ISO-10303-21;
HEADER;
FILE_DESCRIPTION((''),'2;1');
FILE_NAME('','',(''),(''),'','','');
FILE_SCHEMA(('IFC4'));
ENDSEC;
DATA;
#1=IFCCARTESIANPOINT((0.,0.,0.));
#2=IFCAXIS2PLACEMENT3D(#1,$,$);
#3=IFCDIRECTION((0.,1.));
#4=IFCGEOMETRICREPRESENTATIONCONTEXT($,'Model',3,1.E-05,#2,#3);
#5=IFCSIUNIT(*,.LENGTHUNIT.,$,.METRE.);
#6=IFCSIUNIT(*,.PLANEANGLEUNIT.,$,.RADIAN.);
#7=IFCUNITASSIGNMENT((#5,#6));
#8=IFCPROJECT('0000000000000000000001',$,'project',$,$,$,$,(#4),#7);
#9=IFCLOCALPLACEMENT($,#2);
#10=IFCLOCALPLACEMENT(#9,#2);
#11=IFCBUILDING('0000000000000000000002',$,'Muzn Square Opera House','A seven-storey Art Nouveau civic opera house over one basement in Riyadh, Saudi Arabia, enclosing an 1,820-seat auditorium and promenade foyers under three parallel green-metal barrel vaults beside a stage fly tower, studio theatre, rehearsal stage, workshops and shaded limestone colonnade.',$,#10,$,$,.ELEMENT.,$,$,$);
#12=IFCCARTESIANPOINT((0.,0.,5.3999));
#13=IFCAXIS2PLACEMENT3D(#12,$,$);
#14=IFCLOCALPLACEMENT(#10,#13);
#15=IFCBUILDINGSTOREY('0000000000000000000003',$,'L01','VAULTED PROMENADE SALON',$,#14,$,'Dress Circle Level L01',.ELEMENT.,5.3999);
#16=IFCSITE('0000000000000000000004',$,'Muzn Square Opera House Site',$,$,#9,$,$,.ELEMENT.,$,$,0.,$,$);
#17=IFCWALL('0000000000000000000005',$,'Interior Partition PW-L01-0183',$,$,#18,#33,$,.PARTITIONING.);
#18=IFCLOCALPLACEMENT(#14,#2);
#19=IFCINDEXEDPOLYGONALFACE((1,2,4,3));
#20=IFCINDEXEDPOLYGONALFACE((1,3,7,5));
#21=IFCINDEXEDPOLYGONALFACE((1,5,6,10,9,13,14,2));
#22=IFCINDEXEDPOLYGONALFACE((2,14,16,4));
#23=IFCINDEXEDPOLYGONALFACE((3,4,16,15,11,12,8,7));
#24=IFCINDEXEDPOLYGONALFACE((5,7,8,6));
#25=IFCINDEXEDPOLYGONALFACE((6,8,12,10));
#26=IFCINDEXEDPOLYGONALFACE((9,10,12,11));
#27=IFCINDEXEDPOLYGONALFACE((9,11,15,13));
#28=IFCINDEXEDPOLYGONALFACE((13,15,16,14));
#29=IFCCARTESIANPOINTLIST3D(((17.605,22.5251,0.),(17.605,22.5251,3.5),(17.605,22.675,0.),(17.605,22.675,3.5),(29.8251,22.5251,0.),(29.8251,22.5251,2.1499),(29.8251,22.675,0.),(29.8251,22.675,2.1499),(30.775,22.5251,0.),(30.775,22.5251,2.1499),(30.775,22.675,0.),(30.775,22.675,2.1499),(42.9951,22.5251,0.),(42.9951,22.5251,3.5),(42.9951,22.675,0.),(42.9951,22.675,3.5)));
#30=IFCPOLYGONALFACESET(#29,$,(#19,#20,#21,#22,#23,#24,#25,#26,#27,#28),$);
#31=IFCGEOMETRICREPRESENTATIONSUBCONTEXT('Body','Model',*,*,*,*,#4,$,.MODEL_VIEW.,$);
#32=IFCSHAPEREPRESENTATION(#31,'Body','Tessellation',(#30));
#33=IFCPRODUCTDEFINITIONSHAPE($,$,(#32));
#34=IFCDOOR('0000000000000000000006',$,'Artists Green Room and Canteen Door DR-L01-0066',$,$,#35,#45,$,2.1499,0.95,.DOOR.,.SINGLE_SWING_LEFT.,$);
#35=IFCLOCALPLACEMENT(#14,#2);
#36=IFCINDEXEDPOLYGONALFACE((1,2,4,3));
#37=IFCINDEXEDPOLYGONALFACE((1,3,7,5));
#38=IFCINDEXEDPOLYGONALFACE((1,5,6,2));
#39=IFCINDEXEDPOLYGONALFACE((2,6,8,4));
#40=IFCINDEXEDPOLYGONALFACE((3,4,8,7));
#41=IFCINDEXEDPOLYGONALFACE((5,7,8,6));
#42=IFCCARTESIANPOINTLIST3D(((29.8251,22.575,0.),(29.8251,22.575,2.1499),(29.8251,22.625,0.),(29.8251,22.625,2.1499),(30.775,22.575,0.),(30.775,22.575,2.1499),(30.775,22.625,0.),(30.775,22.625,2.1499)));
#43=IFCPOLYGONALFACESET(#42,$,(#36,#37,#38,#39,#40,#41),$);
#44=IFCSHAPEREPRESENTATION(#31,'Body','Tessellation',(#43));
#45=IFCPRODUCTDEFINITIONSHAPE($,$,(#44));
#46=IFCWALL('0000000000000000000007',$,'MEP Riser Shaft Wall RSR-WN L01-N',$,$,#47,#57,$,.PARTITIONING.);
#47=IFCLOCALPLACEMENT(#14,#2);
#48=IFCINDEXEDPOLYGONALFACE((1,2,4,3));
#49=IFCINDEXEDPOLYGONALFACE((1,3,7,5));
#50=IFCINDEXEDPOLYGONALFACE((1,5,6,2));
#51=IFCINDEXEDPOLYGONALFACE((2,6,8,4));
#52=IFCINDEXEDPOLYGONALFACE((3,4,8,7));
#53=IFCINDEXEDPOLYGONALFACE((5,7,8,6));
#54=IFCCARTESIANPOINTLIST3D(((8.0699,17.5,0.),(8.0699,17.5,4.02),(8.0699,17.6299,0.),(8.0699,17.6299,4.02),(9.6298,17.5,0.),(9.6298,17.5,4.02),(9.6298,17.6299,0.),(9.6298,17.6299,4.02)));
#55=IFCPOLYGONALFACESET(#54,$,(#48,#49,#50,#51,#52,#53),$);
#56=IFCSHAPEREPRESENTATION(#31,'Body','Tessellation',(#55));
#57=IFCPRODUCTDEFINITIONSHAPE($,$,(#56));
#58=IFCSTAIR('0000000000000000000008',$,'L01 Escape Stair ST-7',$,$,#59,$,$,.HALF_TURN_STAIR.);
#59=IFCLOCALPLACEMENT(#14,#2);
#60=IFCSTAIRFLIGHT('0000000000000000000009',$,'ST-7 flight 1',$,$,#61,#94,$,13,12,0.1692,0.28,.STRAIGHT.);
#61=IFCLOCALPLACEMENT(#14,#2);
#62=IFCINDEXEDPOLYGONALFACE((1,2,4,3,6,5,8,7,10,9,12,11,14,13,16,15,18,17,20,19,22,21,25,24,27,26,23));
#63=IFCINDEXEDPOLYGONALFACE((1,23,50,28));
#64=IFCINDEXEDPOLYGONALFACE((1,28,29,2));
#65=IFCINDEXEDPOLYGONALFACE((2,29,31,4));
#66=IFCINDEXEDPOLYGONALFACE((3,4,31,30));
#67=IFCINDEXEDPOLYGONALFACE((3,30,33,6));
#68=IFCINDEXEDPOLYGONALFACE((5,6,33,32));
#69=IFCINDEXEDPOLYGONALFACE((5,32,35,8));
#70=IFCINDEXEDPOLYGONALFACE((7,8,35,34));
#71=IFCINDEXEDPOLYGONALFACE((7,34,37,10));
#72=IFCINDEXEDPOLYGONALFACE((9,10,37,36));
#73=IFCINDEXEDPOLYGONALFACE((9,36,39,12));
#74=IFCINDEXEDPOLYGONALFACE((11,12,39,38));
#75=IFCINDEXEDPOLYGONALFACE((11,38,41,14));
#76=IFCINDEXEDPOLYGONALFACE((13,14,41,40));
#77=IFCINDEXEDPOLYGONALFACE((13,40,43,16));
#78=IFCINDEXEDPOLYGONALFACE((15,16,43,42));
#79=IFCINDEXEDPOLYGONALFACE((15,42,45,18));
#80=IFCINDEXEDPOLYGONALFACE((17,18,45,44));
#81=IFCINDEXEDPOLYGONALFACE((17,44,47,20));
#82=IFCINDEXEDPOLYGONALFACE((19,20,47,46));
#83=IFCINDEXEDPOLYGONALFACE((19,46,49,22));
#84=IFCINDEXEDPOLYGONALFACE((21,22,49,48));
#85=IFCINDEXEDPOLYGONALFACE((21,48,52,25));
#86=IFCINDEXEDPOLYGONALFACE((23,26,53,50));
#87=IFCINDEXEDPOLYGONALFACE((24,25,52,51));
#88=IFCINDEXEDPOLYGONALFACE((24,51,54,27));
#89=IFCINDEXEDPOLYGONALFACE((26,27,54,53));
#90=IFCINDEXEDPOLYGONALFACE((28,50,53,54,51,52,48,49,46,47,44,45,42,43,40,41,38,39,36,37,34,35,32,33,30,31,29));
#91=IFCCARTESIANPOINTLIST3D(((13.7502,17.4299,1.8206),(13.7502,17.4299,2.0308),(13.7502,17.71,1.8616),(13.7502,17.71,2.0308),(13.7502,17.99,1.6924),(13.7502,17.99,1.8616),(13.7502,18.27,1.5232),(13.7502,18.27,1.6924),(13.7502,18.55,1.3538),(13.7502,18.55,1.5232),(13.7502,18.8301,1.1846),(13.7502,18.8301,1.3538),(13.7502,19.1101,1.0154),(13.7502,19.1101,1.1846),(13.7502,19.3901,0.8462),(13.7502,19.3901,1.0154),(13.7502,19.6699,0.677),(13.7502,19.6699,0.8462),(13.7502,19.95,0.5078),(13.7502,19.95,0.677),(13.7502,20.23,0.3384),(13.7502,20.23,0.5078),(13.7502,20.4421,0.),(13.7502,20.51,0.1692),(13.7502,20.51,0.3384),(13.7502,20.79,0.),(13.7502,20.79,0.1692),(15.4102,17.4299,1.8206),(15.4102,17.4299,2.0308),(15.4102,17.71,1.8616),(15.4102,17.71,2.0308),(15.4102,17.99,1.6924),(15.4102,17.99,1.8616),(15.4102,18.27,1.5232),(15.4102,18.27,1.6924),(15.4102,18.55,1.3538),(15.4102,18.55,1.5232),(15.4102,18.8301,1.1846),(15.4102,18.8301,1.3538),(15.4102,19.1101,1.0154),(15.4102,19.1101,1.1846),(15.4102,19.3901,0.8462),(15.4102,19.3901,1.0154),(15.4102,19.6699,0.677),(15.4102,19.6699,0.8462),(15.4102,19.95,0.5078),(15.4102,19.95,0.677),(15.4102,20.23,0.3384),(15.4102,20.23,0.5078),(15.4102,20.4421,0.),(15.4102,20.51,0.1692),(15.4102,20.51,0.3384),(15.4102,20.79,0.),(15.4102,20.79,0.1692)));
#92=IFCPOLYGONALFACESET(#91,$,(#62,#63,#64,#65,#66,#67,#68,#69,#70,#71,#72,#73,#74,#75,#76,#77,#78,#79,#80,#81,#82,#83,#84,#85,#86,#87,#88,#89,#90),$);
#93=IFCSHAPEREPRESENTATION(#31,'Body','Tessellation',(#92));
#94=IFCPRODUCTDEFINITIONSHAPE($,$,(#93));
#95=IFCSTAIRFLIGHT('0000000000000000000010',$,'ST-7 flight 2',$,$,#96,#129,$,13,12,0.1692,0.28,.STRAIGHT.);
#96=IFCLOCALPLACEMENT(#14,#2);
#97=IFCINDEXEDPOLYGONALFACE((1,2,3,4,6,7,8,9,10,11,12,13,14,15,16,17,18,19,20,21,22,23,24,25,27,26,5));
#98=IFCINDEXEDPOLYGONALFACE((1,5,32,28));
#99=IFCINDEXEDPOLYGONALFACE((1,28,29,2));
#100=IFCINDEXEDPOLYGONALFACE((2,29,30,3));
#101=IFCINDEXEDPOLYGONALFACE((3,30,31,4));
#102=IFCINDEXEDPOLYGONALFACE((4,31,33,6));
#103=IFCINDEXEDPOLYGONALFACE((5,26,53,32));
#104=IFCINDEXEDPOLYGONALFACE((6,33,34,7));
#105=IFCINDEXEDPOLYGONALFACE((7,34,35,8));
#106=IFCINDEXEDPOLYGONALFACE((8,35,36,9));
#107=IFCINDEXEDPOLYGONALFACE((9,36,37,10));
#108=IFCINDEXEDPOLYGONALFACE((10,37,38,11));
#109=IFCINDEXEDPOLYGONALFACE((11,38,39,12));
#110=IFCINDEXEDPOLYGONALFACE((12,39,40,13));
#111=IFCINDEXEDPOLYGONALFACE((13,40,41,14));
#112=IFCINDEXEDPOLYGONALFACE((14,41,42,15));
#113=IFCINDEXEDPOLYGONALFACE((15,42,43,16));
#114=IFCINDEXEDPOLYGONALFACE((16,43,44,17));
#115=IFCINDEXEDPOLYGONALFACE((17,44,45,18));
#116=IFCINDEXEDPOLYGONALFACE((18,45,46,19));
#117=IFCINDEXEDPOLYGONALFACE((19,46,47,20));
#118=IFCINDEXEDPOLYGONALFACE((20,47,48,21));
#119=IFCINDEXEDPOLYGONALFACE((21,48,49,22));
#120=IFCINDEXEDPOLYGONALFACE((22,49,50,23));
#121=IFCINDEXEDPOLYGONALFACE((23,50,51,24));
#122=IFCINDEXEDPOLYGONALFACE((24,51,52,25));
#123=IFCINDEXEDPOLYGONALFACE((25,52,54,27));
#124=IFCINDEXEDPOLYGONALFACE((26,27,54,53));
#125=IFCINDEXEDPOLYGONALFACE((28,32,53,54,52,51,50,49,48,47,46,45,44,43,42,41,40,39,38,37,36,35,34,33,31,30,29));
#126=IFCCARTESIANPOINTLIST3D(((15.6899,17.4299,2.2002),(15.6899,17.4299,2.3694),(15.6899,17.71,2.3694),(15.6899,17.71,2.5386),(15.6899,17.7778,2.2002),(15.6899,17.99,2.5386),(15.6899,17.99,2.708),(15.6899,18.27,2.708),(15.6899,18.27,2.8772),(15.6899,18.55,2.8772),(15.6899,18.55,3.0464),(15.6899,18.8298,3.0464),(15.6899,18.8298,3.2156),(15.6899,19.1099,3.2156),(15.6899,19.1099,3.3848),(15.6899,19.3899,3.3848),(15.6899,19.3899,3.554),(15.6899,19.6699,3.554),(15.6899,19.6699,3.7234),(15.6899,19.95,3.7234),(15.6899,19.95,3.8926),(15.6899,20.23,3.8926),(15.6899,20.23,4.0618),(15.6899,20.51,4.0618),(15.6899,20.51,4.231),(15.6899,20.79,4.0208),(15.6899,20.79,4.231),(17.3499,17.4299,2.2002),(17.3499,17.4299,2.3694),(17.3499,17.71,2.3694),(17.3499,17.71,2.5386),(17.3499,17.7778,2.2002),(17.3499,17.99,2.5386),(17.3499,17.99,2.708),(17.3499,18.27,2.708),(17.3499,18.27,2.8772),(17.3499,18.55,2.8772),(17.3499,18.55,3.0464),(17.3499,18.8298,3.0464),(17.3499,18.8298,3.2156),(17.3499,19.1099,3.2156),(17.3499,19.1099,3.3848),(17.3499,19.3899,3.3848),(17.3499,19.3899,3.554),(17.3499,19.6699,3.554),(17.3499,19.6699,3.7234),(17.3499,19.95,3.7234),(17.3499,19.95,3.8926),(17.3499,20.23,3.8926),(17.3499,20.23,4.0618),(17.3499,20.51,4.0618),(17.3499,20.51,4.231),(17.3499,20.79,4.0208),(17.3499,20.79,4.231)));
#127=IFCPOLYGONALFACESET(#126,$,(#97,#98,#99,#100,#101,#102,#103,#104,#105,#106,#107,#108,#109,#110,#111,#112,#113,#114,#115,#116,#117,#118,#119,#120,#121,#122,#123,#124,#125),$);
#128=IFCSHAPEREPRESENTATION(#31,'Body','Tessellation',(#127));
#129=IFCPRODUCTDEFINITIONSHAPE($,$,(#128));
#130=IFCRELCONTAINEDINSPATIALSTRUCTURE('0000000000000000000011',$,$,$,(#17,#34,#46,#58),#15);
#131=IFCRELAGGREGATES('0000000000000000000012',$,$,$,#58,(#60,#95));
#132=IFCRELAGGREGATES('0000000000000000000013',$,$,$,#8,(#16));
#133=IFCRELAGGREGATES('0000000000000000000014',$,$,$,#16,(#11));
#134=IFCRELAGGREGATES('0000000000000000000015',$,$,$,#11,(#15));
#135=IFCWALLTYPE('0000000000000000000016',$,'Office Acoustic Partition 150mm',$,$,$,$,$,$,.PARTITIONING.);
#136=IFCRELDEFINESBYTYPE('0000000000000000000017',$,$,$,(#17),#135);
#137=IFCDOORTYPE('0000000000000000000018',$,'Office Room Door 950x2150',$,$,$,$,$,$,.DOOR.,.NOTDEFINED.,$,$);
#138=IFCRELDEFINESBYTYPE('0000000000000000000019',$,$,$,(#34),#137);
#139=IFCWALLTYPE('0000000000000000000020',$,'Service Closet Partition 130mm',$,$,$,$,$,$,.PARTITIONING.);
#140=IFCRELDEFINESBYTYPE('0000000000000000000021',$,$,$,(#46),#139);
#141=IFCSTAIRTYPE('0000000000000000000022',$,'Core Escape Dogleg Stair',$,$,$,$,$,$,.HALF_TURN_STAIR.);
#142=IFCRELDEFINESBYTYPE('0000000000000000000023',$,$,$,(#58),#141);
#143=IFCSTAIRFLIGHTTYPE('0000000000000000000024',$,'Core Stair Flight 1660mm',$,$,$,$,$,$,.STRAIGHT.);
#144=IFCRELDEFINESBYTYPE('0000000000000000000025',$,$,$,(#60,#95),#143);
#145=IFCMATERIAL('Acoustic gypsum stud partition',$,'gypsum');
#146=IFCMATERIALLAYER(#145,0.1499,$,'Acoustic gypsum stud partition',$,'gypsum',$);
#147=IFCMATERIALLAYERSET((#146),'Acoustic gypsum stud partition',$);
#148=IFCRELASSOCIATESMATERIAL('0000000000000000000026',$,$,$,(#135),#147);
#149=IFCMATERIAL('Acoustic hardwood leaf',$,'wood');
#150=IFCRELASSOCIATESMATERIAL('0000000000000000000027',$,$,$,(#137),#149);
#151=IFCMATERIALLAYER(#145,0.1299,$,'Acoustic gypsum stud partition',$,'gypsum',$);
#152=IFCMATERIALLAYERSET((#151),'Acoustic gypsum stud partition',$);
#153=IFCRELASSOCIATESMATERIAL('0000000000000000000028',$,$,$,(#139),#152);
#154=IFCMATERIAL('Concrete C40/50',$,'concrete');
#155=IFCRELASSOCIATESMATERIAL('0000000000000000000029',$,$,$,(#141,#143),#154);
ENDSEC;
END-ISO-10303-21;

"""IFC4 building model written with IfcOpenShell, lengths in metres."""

from ifc_helpers import new_model, si_unit, direction, frame, frame_2d, origin, place, context, subcontext, project, spatial, polyline, rectangle, outline, extrude, material, layer, layer_set, type_object, element, fill, aggregate, save


model = new_model("IFC4")

# Units and contexts
model_context = context("Model", 3, precision=1e-05, world=origin(), true_north=direction((0.0, 1.0)))
body_context = subcontext(model_context, "Body", "Model", "MODEL_VIEW")
ifc_project = project(units=[si_unit("LENGTHUNIT", "METRE"), si_unit("PLANEANGLEUNIT", "RADIAN")], contexts=[model_context])

# Site, building, storey
site_placement = place(None, origin())
site = spatial("IfcSite", under=ifc_project, at=site_placement, Name="Muzn Square Opera House Site", CompositionType="ELEMENT", RefElevation=0.0)
building_placement = place(site_placement, origin())
building = spatial("IfcBuilding", under=site, at=building_placement, Name="Muzn Square Opera House", Description="A seven-storey Art Nouveau civic opera house over one basement in Riyadh, Saudi Arabia, enclosing an 1,820-seat auditorium and promenade foyers under three parallel green-metal barrel vaults beside a stage fly tower, studio theatre, rehearsal stage, workshops and shaded limestone colonnade.", CompositionType="ELEMENT")
storey_placement = place(building_placement, frame((0.0, 0.0, 5.3999)))
storey = spatial("IfcBuildingStorey", under=building, at=storey_placement, Name="L01", Description="VAULTED PROMENADE SALON", LongName="Dress Circle Level L01", CompositionType="ELEMENT", Elevation=5.3999)

# Shared definitions
ifc_material_1 = material(Name="Concrete C40/50", Category="concrete")

# Wall, opening, door
ifc_material_2 = material(Name="Acoustic gypsum stud partition", Category="gypsum")
ifc_layer_1 = layer(ifc_material_2, 0.1499, Name="Acoustic gypsum stud partition", Category="gypsum")
ifc_layer_set_1 = layer_set([ifc_layer_1], Name="Acoustic gypsum stud partition")
wall_type_1 = type_object("IfcWallType", Name="Office Acoustic Partition 150mm", PredefinedType="PARTITIONING", material=ifc_layer_set_1)
wall_1_placement = place(storey_placement, frame((17.605, 22.6001, 0.0), z_axis=(0.0, 0.0, 1.0), x_axis=(1.0, 0.0, 0.0)))
wall_1 = element("IfcWall", 1, at=wall_1_placement, inside=storey, type_object=wall_type_1, Name="Interior Partition PW-L01-0183", PredefinedType="PARTITIONING", context=body_context, shape_type="SweptSolid", body=[
    extrude(rectangle(XDim=25.3901, YDim=0.1499, at=frame_2d((12.6951, 0.0))), origin(), (0.0, 0.0, 1.0), 3.5),
])
opening_1_placement = place(wall_1_placement, frame((12.22, 0.0, 0.0)))
opening_1 = element("IfcOpeningElement", 2, at=opening_1_placement, cuts=wall_1, PredefinedType="OPENING", context=body_context, shape_type="SweptSolid", body=[
    extrude(rectangle(XDim=0.95, YDim=2.1499, at=frame_2d((0.4751, 1.075))), frame((0.0, 0.085, 0.0), z_axis=(0.0, -1.0, 0.0), x_axis=(1.0, 0.0, 0.0)), (0.0, 0.0, 1.0), 0.1699),
])
ifc_material_3 = material(Name="Acoustic hardwood leaf", Category="wood")
door_type_1 = type_object("IfcDoorType", Name="Office Room Door 950x2150", OperationType="NOTDEFINED", PredefinedType="DOOR", material=ifc_material_3)
door_1_placement = place(opening_1_placement, origin())
door_1 = element("IfcDoor", 3, at=door_1_placement, inside=storey, type_object=door_type_1, Name="Artists Green Room and Canteen Door DR-L01-0066", OperationType="SINGLE_SWING_LEFT", OverallHeight=2.1499, OverallWidth=0.95, PredefinedType="DOOR", context=body_context, shape_type="SweptSolid", body=[
    extrude(rectangle(XDim=0.95, YDim=2.1499, at=frame_2d((0.4751, 1.075))), frame((0.0, 0.0249, 0.0), z_axis=(0.0, -1.0, 0.0), x_axis=(1.0, 0.0, 0.0)), (0.0, 0.0, 1.0), 0.05),
])
fill(opening_1, door_1)

# Wall
ifc_layer_2 = layer(ifc_material_2, 0.1299, Name="Acoustic gypsum stud partition", Category="gypsum")
ifc_layer_set_2 = layer_set([ifc_layer_2], Name="Acoustic gypsum stud partition")
wall_type_2 = type_object("IfcWallType", Name="Service Closet Partition 130mm", PredefinedType="PARTITIONING", material=ifc_layer_set_2)
wall_2_placement = place(storey_placement, frame((8.0701, 17.5649, 0.0), z_axis=(0.0, 0.0, 1.0), x_axis=(1.0, 0.0, 0.0)))
element("IfcWall", 4, at=wall_2_placement, inside=storey, type_object=wall_type_2, Name="MEP Riser Shaft Wall RSR-WN L01-N", PredefinedType="PARTITIONING", context=body_context, shape_type="SweptSolid", body=[
    extrude(rectangle(XDim=1.5598, YDim=0.1299, at=frame_2d((0.7798, 0.0))), origin(), (0.0, 0.0, 1.0), 4.02),
])

# Stair, stair flights
stair_type = type_object("IfcStairType", Name="Core Escape Dogleg Stair", PredefinedType="HALF_TURN_STAIR", material=ifc_material_1)
stair_placement = place(storey_placement, origin())
stair = element("IfcStair", 5, at=stair_placement, inside=storey, type_object=stair_type, Name="L01 Escape Stair ST-7", PredefinedType="HALF_TURN_STAIR")
stair_flight_type = type_object("IfcStairFlightType", Name="Core Stair Flight 1660mm", PredefinedType="STRAIGHT", material=ifc_material_1)
stair_flight_1_placement = place(storey_placement, frame((14.5801, 20.79, 0.0), z_axis=(0.0, 0.0, 1.0), x_axis=(0.0, -1.0, 0.0)))
stair_flight_1 = element("IfcStairFlight", 6, at=stair_flight_1_placement, type_object=stair_flight_type, Name="ST-7 flight 1", NumberOfRisers=13, NumberOfTreads=12, PredefinedType="STRAIGHT", RiserHeight=0.1692, TreadLength=0.28, context=body_context, shape_type="SweptSolid", body=[
    extrude(outline(polyline([(0.0, 0.0), (0.0, 0.1692), (0.28, 0.1692), (0.28, 0.3384), (0.5601, 0.3384), (0.5601, 0.5078), (0.8401, 0.5078), (0.8401, 0.677), (1.1201, 0.677), (1.1201, 0.8462), (1.3999, 0.8462), (1.3999, 1.0154), (1.6799, 1.0154), (1.6799, 1.1846), (1.96, 1.1846), (1.96, 1.3538), (2.24, 1.3538), (2.24, 1.5232), (2.52, 1.5232), (2.52, 1.6924), (2.8, 1.6924), (2.8, 1.8616), (3.0801, 1.8616), (3.0801, 2.0308), (3.3601, 2.0308), (3.3601, 2.2), (3.3601, 1.8206), (0.3479, 0.0), (0.0, 0.0)])), frame((0.0, 0.8301, 0.0), z_axis=(0.0, -1.0, 0.0), x_axis=(1.0, 0.0, 0.0)), (0.0, 0.0, 1.0), 1.6599),
])
stair_flight_2_placement = place(storey_placement, frame((16.52, 17.4299, 2.2002), z_axis=(0.0, 0.0, 1.0), x_axis=(0.0, 1.0, 0.0)))
stair_flight_2 = element("IfcStairFlight", 7, at=stair_flight_2_placement, type_object=stair_flight_type, Name="ST-7 flight 2", NumberOfRisers=13, NumberOfTreads=12, PredefinedType="STRAIGHT", RiserHeight=0.1692, TreadLength=0.28, context=body_context, shape_type="SweptSolid", body=[
    extrude(outline(polyline([(0.0, 0.0), (0.0, 0.1692), (0.28, 0.1692), (0.28, 0.3384), (0.5601, 0.3384), (0.5601, 0.5078), (0.8401, 0.5078), (0.8401, 0.677), (1.1201, 0.677), (1.1201, 0.8462), (1.3999, 0.8462), (1.3999, 1.0154), (1.6799, 1.0154), (1.6799, 1.1846), (1.96, 1.1846), (1.96, 1.3538), (2.24, 1.3538), (2.24, 1.5232), (2.52, 1.5232), (2.52, 1.6924), (2.8, 1.6924), (2.8, 1.8616), (3.0801, 1.8616), (3.0801, 2.0308), (3.3601, 2.0308), (3.3601, 2.2), (3.3601, 1.8206), (0.3479, 0.0), (0.0, 0.0)])), frame((0.0, 0.8301, 0.0), z_axis=(0.0, -1.0, 0.0), x_axis=(1.0, 0.0, 0.0)), (0.0, 0.0, 1.0), 1.6599),
])
aggregate(stair, [stair_flight_1, stair_flight_2])

save(model, "model.ifc")
